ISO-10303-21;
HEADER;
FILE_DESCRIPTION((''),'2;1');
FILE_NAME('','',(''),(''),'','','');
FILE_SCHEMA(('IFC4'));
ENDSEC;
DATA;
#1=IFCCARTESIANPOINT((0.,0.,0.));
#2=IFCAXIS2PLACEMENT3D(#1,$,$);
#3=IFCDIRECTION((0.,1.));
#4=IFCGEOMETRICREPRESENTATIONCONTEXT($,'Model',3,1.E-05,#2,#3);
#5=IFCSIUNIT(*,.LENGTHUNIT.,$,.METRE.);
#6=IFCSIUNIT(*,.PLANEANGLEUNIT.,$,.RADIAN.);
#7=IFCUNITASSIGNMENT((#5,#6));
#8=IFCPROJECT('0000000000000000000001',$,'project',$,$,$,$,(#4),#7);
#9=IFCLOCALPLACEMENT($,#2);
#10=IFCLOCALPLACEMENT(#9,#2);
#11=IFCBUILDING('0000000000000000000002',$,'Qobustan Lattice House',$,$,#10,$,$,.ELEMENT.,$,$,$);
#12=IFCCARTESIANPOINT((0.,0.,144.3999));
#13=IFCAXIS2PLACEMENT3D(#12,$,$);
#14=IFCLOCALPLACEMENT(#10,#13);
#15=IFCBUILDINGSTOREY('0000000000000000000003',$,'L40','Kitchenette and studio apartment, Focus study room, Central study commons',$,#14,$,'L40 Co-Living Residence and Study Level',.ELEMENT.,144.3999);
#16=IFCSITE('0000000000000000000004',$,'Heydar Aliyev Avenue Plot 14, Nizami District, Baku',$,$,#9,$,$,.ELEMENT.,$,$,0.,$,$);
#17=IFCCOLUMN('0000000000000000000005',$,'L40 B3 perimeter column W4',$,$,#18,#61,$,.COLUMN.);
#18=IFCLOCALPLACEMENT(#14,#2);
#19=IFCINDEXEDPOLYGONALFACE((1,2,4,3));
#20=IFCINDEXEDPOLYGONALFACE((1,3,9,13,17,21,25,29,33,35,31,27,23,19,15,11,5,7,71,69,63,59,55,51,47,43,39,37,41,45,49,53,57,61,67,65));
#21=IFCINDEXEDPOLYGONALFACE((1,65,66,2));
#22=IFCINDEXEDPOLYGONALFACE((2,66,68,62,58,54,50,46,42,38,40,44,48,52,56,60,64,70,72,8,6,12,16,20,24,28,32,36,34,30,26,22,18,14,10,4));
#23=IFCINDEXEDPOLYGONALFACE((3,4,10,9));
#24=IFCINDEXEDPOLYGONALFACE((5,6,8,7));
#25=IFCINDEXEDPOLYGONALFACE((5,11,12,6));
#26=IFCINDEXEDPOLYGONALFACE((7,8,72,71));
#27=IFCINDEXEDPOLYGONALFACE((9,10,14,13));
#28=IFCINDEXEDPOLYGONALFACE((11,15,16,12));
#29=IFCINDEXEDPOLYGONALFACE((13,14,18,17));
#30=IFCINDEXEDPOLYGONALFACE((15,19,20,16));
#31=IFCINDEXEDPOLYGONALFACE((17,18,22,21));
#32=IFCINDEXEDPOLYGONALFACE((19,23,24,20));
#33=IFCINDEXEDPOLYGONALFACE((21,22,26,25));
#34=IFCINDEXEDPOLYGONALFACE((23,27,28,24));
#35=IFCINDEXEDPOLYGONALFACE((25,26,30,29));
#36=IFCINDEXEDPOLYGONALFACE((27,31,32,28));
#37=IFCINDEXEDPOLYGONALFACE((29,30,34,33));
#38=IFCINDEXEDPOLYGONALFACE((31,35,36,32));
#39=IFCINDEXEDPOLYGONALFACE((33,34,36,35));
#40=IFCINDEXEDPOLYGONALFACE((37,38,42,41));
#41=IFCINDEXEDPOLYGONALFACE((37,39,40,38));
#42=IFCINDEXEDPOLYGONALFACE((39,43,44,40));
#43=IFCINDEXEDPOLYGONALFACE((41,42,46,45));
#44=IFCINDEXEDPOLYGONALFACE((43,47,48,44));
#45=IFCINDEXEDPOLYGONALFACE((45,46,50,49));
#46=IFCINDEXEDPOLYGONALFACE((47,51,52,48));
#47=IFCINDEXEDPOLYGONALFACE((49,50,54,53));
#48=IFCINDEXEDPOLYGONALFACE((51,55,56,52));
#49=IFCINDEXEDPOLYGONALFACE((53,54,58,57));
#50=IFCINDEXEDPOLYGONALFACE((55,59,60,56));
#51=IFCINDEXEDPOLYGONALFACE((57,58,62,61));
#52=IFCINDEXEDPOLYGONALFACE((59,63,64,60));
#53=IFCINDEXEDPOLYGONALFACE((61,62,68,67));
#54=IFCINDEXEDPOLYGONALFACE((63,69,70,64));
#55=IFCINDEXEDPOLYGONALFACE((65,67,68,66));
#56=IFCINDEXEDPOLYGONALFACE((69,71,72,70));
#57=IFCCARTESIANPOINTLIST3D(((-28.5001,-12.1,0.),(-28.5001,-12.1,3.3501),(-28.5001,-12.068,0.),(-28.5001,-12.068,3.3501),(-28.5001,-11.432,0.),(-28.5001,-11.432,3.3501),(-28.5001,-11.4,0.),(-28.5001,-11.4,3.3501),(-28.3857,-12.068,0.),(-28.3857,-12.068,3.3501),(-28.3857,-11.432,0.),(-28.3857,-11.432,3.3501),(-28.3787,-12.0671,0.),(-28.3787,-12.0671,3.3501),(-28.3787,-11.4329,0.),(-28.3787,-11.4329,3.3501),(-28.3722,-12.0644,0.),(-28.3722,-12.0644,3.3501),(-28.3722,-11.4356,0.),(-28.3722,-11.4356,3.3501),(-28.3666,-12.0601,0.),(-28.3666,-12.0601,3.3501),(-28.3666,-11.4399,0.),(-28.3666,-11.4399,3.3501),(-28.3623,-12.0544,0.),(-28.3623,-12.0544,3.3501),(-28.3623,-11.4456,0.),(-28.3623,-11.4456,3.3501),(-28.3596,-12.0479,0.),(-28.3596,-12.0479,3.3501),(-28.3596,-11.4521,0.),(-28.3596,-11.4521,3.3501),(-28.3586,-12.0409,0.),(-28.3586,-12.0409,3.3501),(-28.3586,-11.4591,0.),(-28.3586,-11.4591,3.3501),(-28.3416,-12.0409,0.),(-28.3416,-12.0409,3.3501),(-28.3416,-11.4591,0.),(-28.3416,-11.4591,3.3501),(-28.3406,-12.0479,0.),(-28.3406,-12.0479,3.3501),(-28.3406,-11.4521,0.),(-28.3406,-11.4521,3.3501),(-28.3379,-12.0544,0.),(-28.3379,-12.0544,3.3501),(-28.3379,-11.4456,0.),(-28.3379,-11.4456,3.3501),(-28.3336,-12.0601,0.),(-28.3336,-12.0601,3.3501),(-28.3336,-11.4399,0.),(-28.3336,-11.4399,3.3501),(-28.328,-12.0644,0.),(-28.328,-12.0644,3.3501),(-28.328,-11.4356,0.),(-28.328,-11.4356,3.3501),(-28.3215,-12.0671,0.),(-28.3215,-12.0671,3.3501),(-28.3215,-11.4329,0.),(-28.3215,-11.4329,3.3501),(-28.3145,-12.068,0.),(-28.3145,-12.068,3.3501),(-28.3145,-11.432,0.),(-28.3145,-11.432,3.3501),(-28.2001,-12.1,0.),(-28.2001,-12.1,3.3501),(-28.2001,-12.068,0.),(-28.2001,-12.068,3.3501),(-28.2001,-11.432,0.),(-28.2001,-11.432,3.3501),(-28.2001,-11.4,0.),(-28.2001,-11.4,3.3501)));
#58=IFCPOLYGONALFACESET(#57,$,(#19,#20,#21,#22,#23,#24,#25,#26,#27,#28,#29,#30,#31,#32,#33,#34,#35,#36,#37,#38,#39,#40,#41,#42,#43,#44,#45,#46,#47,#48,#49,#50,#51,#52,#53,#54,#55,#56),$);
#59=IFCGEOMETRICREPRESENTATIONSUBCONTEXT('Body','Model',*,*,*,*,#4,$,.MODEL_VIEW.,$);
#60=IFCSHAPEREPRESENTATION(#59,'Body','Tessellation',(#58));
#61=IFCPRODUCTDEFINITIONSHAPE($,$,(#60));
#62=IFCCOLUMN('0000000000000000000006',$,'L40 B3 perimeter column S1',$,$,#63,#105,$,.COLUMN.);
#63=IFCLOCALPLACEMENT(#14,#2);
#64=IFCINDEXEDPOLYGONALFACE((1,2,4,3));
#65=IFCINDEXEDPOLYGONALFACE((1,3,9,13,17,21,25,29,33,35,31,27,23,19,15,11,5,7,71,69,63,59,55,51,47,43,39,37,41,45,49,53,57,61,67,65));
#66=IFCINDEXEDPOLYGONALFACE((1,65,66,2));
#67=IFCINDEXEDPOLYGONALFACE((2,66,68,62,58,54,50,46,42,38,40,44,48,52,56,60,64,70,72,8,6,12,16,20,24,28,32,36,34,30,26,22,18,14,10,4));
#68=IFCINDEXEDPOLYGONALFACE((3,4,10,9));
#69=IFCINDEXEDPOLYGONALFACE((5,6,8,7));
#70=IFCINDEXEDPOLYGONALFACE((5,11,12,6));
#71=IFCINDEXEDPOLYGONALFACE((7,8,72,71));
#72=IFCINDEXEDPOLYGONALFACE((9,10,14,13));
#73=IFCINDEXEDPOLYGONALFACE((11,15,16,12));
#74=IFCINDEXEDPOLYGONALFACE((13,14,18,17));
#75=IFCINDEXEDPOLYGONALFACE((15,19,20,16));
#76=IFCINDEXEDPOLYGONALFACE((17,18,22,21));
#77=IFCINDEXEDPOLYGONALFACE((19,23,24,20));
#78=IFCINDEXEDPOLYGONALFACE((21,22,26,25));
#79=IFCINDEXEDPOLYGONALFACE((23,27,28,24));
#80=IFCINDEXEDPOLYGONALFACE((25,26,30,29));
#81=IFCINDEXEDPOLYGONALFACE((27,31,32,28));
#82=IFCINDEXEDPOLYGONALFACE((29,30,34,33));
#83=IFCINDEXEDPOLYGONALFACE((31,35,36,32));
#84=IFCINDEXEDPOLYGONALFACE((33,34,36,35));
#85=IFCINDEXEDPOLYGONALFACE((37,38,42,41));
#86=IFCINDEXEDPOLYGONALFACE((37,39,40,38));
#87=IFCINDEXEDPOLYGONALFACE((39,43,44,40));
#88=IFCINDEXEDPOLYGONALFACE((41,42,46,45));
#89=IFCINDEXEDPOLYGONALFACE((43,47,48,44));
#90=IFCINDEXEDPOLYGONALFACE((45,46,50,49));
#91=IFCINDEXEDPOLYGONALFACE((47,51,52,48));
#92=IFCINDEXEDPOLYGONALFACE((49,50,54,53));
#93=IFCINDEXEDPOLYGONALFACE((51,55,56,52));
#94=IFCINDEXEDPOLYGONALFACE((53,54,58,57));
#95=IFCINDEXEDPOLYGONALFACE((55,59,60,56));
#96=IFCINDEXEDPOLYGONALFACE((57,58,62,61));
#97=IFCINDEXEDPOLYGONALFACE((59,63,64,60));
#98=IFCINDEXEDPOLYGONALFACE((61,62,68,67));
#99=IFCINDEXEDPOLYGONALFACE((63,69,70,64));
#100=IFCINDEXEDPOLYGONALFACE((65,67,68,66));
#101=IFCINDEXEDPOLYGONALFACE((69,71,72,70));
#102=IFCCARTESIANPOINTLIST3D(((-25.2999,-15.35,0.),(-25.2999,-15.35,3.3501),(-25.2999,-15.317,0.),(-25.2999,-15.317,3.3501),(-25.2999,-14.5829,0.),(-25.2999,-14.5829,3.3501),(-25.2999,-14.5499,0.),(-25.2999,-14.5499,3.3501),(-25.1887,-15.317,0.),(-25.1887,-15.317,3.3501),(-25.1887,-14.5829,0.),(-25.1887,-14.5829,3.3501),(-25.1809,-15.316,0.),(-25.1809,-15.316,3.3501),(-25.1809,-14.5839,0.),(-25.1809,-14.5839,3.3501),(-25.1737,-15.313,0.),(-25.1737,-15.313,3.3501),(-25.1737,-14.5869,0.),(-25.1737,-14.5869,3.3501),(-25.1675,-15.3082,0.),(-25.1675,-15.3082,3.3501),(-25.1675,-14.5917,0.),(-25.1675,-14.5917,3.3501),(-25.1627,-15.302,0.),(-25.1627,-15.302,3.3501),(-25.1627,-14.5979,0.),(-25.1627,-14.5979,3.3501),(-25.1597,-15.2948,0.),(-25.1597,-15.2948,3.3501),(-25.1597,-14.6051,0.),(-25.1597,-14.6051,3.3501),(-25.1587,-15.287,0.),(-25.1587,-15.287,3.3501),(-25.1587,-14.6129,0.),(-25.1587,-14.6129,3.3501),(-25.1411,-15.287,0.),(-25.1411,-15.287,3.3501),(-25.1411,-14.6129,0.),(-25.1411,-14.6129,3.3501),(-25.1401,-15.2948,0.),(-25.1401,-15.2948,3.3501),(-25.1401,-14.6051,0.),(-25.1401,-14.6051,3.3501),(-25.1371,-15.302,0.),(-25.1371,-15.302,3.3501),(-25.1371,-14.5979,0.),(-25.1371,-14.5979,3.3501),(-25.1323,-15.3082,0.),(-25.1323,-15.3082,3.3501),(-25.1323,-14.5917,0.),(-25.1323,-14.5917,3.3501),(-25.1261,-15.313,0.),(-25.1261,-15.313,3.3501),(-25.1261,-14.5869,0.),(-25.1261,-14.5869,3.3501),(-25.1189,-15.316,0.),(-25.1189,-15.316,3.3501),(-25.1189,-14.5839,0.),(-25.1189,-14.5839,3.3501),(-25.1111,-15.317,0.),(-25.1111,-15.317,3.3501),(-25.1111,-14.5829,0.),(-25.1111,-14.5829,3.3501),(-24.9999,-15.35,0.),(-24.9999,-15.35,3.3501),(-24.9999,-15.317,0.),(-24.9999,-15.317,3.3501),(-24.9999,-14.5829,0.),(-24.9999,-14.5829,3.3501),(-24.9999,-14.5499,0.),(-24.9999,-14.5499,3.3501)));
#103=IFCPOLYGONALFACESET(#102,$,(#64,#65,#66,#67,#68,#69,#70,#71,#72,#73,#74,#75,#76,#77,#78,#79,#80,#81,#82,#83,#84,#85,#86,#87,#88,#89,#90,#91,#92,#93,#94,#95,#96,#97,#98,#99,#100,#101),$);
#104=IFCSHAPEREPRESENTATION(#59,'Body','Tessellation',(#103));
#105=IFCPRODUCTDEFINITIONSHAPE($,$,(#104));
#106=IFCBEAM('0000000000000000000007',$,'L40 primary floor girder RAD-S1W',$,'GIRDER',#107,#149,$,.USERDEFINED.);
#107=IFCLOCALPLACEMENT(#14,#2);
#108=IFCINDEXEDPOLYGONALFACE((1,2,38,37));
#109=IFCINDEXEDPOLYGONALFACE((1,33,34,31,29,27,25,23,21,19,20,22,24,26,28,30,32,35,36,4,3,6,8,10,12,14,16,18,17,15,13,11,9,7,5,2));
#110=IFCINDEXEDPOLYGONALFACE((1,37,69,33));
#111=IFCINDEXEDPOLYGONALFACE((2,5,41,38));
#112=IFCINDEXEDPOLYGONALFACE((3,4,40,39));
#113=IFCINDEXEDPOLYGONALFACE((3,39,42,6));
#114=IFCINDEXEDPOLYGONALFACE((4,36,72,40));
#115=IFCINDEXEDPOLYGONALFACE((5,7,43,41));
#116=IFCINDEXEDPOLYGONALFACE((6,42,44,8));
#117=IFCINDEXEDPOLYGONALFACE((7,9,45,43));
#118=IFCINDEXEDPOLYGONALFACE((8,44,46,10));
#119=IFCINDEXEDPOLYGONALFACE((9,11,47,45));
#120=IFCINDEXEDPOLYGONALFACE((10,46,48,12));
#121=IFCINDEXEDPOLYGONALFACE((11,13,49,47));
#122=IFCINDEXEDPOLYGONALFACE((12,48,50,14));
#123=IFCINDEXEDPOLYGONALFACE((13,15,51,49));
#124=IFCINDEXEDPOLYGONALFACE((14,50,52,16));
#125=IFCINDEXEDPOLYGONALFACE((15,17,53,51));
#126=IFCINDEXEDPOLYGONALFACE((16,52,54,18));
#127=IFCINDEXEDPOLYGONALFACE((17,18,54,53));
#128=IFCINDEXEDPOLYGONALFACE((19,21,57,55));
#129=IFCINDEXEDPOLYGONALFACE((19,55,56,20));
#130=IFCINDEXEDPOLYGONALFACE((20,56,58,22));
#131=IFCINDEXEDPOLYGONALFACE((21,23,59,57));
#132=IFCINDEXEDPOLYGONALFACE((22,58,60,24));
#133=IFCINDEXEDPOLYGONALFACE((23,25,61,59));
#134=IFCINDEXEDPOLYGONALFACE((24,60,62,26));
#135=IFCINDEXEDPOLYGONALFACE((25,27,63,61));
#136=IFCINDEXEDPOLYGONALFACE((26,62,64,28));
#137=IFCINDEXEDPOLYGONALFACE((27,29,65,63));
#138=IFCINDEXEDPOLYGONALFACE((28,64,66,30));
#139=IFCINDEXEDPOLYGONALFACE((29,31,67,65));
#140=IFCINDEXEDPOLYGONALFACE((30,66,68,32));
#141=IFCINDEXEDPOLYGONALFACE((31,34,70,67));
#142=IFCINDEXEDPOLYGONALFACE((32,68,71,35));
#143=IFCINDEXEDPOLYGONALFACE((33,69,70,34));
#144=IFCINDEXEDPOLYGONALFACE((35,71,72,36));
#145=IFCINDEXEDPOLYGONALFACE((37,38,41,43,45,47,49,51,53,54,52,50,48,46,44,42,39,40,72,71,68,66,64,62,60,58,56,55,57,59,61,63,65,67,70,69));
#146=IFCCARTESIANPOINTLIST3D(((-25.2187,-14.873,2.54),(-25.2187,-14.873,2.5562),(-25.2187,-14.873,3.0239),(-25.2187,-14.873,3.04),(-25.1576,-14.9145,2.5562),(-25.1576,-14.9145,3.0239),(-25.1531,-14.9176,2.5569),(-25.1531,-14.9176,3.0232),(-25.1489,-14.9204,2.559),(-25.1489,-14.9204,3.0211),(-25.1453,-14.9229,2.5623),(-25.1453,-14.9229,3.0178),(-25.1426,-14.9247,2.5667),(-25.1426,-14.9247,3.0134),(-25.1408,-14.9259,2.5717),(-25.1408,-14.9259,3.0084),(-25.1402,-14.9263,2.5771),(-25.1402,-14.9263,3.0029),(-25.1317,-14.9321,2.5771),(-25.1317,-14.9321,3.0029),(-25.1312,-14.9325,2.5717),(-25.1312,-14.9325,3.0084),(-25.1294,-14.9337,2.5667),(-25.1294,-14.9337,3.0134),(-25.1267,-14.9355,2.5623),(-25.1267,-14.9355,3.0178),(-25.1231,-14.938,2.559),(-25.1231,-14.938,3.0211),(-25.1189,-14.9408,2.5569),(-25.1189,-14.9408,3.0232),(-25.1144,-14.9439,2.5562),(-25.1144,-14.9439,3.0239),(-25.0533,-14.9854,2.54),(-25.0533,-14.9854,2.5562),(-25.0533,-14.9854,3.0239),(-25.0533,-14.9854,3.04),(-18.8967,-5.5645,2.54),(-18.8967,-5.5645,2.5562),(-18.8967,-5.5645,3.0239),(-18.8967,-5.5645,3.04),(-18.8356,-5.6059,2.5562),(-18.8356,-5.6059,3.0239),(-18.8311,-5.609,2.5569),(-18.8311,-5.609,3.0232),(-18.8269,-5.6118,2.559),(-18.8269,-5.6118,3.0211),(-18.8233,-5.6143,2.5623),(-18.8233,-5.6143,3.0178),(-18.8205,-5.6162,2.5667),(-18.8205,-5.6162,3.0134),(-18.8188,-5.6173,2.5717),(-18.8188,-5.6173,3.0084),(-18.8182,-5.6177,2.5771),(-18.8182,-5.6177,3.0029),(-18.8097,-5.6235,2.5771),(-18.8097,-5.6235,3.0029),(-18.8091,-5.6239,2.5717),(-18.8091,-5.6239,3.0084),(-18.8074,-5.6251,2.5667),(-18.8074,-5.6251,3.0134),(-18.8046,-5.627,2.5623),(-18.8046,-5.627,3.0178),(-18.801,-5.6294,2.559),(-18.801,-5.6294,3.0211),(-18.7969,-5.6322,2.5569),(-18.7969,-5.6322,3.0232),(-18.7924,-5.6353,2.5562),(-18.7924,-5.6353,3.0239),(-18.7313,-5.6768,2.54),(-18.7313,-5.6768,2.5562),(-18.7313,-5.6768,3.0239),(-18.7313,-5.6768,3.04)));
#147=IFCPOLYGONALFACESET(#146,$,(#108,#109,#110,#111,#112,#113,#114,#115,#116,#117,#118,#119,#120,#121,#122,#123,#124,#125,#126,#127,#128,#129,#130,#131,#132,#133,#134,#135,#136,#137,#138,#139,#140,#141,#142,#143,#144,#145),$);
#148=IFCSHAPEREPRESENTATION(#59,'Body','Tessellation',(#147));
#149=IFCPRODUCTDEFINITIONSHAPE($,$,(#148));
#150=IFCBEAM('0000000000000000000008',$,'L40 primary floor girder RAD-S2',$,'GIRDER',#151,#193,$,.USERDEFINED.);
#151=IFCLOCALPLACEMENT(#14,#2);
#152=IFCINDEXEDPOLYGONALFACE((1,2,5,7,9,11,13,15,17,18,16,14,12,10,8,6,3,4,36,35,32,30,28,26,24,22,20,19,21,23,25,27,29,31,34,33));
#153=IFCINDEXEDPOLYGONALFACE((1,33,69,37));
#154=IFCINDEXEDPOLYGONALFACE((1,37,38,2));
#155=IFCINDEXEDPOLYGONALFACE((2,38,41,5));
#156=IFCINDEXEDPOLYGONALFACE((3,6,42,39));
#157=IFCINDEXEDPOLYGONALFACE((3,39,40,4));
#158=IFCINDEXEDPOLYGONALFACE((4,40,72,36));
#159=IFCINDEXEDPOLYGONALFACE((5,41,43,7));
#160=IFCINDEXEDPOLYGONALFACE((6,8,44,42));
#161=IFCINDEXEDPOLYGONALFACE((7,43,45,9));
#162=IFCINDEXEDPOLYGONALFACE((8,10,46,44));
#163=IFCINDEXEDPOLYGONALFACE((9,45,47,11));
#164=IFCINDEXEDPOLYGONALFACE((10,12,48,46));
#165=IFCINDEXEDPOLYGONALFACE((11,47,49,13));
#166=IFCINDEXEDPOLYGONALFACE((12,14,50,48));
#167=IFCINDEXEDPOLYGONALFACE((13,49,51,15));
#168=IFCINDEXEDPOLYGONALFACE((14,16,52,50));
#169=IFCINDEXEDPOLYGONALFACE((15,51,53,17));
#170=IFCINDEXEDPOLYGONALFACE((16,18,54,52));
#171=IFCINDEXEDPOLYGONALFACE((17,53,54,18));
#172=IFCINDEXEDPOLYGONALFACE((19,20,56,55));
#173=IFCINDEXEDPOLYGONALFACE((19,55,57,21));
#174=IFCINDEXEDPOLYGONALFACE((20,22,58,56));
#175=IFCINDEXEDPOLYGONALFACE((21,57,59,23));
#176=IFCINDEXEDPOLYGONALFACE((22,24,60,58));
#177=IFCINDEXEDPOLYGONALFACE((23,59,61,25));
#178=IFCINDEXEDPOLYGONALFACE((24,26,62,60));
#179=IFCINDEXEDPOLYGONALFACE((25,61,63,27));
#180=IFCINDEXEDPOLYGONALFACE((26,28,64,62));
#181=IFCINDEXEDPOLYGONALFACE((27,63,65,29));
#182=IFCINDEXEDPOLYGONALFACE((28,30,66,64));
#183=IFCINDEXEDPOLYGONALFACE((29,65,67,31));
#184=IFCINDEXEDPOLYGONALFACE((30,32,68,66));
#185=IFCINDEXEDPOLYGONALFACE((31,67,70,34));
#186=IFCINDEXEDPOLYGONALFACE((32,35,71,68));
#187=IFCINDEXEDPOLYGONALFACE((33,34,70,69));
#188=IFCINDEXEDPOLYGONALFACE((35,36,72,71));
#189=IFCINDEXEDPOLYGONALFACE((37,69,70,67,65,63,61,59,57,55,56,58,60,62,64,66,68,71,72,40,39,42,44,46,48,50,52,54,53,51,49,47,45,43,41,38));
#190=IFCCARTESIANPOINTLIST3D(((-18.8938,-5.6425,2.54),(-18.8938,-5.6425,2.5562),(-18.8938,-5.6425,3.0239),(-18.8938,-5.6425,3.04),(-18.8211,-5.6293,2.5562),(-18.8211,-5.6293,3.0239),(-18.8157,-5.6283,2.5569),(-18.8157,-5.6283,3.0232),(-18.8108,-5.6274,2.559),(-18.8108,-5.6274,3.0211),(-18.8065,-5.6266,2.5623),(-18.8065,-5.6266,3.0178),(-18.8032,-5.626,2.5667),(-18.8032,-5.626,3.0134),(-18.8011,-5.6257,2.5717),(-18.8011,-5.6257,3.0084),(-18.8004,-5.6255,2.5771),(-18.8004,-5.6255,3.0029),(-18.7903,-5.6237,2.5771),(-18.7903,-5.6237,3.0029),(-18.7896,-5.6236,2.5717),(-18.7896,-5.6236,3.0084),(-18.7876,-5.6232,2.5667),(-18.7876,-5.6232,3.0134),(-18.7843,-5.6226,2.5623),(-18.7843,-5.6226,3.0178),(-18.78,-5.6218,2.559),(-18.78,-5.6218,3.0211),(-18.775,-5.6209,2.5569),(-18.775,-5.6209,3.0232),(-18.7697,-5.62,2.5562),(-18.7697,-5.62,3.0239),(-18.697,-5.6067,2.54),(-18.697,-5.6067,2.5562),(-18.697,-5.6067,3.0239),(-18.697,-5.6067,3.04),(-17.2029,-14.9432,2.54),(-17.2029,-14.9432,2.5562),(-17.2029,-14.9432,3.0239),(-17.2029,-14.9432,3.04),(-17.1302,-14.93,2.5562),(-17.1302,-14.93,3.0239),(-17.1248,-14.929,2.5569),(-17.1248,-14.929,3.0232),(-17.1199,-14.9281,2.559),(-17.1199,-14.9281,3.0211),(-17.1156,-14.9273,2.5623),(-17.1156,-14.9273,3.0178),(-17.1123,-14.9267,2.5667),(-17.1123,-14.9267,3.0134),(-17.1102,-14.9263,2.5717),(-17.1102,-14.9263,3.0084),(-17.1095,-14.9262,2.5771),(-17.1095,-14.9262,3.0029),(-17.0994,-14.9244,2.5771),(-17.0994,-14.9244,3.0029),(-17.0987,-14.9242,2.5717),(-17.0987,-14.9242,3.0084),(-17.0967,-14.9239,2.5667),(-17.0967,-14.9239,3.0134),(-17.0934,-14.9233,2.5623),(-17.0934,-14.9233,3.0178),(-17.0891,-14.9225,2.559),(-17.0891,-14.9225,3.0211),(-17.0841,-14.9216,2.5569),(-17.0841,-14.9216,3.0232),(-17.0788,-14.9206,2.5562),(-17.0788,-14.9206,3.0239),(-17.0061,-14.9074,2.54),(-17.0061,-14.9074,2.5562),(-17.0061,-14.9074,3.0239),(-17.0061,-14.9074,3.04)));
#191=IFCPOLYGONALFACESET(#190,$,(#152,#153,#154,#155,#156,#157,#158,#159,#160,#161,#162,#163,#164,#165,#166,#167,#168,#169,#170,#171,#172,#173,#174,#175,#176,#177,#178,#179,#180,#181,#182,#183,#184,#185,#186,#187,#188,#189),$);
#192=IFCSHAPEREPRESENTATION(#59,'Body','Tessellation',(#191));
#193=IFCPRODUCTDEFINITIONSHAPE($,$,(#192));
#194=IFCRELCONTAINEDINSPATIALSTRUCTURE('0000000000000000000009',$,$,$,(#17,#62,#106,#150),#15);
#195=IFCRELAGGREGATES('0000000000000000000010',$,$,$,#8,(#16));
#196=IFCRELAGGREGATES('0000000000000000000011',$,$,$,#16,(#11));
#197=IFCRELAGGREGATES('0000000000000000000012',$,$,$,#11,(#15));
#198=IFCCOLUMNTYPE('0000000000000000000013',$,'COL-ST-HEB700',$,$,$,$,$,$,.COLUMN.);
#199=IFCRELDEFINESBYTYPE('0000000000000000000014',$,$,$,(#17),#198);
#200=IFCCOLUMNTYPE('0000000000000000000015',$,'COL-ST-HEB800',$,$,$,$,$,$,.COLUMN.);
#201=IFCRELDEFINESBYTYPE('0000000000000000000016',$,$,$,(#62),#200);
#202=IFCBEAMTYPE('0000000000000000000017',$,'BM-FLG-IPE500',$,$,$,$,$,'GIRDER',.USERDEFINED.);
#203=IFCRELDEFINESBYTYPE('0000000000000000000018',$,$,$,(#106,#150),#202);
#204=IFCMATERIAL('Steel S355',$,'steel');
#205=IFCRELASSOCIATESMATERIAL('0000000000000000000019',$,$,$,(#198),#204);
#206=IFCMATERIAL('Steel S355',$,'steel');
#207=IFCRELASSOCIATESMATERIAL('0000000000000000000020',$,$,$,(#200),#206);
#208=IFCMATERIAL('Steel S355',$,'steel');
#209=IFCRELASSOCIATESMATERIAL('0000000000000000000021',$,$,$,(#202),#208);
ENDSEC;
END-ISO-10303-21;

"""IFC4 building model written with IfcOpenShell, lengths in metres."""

from ifc_helpers import new_model, si_unit, direction, frame, origin, origin_2d, place, context, subcontext, project, spatial, i_section, extrude, material, material_profile, profile_set, type_object, element, save


model = new_model("IFC4")

# Units and contexts
model_context = context("Model", 3, precision=1e-05, world=origin(), true_north=direction((0.0, 1.0)))
body_context = subcontext(model_context, "Body", "Model", "MODEL_VIEW")
ifc_project = project(units=[si_unit("LENGTHUNIT", "METRE"), si_unit("PLANEANGLEUNIT", "RADIAN")], contexts=[model_context])

# Site, building, storey
site_placement = place(None, origin())
site = spatial("IfcSite", under=ifc_project, at=site_placement, Name="Heydar Aliyev Avenue Plot 14, Nizami District, Baku", CompositionType="ELEMENT", RefElevation=0.0)
building_placement = place(site_placement, origin())
building = spatial("IfcBuilding", under=site, at=building_placement, Name="Qobustan Lattice House", CompositionType="ELEMENT")
storey_placement = place(building_placement, frame((0.0, 0.0, 144.3999)))
storey = spatial("IfcBuildingStorey", under=building, at=storey_placement, Name="L40", Description="Kitchenette and studio apartment, Focus study room, Central study commons", LongName="L40 Co-Living Residence and Study Level", CompositionType="ELEMENT", Elevation=144.3999)

# Columns
ifc_material_1 = material(Name="Steel S355", Category="steel")
ifc_material_profile_1 = material_profile(ifc_material_1, i_section(OverallWidth=0.3, OverallDepth=0.7, WebThickness=0.0171, FlangeThickness=0.032, FilletRadius=0.0271, at=origin_2d()), Name="HEB700")
ifc_profile_set_1 = profile_set([ifc_material_profile_1], Name="Steel S355")
column_type_1 = type_object("IfcColumnType", Name="COL-ST-HEB700", PredefinedType="COLUMN", material=ifc_profile_set_1)
column_1_placement = place(storey_placement, frame((-28.3501, -11.75, 0.0), z_axis=(0.0, 0.0, 1.0), x_axis=(1.0, 0.0, 0.0)))
element("IfcColumn", 1, at=column_1_placement, inside=storey, type_object=column_type_1, Name="L40 B3 perimeter column W4", PredefinedType="COLUMN", context=body_context, shape_type="SweptSolid", body=[
    extrude(i_section(OverallWidth=0.3, OverallDepth=0.7, WebThickness=0.0171, FlangeThickness=0.032, FilletRadius=0.0271, at=origin_2d()), origin(), (0.0, 0.0, 1.0), 3.3501),
])
ifc_material_2 = material(Name="Steel S355", Category="steel")
ifc_material_profile_2 = material_profile(ifc_material_2, i_section(OverallWidth=0.3, OverallDepth=0.8, WebThickness=0.0176, FlangeThickness=0.033, FilletRadius=0.03, at=origin_2d()), Name="HEB800")
ifc_profile_set_2 = profile_set([ifc_material_profile_2], Name="Steel S355")
column_type_2 = type_object("IfcColumnType", Name="COL-ST-HEB800", PredefinedType="COLUMN", material=ifc_profile_set_2)
column_2_placement = place(storey_placement, frame((-25.1499, -14.95, 0.0), z_axis=(0.0, 0.0, 1.0), x_axis=(1.0, 0.0, 0.0)))
element("IfcColumn", 2, at=column_2_placement, inside=storey, type_object=column_type_2, Name="L40 B3 perimeter column S1", PredefinedType="COLUMN", context=body_context, shape_type="SweptSolid", body=[
    extrude(i_section(OverallWidth=0.3, OverallDepth=0.8, WebThickness=0.0176, FlangeThickness=0.033, FilletRadius=0.03, at=origin_2d()), origin(), (0.0, 0.0, 1.0), 3.3501),
])

# Beams
ifc_material_3 = material(Name="Steel S355", Category="steel")
ifc_material_profile_3 = material_profile(ifc_material_3, i_section(OverallWidth=0.2, OverallDepth=0.5, WebThickness=0.0103, FlangeThickness=0.0161, FilletRadius=0.021, at=origin_2d()), Name="IPE500")
ifc_profile_set_3 = profile_set([ifc_material_profile_3], Name="Steel S355")
beam_type_1 = type_object("IfcBeamType", Name="BM-FLG-IPE500", ElementType="GIRDER", PredefinedType="USERDEFINED", material=ifc_profile_set_3)
beam_1_placement = place(storey_placement, frame((-25.136, -14.9292, 2.79), z_axis=(0.561835, 0.82725, 0.0), x_axis=(-0.82725, 0.561835, 0.0)))
element("IfcBeam", 3, at=beam_1_placement, inside=storey, type_object=beam_type_1, Name="L40 primary floor girder RAD-S1W", ObjectType="GIRDER", PredefinedType="USERDEFINED", context=body_context, shape_type="SweptSolid", body=[
    extrude(i_section(OverallWidth=0.2, OverallDepth=0.5, WebThickness=0.0103, FlangeThickness=0.0161, FilletRadius=0.021, at=origin_2d()), origin(), (0.0, 0.0, 1.0), 11.2524),
])
beam_2_placement = place(storey_placement, frame((-17.1045, -14.9253, 2.79), z_axis=(-0.178872, 0.983872, 0.0), x_axis=(-0.983872, -0.178872, 0.0)))
element("IfcBeam", 4, at=beam_2_placement, inside=storey, type_object=beam_type_1, Name="L40 primary floor girder RAD-S2", ObjectType="GIRDER", PredefinedType="USERDEFINED", context=body_context, shape_type="SweptSolid", body=[
    extrude(i_section(OverallWidth=0.2, OverallDepth=0.5, WebThickness=0.0103, FlangeThickness=0.0161, FilletRadius=0.021, at=origin_2d()), origin(), (0.0, 0.0, 1.0), 9.4531),
])

save(model, "model.ifc")
